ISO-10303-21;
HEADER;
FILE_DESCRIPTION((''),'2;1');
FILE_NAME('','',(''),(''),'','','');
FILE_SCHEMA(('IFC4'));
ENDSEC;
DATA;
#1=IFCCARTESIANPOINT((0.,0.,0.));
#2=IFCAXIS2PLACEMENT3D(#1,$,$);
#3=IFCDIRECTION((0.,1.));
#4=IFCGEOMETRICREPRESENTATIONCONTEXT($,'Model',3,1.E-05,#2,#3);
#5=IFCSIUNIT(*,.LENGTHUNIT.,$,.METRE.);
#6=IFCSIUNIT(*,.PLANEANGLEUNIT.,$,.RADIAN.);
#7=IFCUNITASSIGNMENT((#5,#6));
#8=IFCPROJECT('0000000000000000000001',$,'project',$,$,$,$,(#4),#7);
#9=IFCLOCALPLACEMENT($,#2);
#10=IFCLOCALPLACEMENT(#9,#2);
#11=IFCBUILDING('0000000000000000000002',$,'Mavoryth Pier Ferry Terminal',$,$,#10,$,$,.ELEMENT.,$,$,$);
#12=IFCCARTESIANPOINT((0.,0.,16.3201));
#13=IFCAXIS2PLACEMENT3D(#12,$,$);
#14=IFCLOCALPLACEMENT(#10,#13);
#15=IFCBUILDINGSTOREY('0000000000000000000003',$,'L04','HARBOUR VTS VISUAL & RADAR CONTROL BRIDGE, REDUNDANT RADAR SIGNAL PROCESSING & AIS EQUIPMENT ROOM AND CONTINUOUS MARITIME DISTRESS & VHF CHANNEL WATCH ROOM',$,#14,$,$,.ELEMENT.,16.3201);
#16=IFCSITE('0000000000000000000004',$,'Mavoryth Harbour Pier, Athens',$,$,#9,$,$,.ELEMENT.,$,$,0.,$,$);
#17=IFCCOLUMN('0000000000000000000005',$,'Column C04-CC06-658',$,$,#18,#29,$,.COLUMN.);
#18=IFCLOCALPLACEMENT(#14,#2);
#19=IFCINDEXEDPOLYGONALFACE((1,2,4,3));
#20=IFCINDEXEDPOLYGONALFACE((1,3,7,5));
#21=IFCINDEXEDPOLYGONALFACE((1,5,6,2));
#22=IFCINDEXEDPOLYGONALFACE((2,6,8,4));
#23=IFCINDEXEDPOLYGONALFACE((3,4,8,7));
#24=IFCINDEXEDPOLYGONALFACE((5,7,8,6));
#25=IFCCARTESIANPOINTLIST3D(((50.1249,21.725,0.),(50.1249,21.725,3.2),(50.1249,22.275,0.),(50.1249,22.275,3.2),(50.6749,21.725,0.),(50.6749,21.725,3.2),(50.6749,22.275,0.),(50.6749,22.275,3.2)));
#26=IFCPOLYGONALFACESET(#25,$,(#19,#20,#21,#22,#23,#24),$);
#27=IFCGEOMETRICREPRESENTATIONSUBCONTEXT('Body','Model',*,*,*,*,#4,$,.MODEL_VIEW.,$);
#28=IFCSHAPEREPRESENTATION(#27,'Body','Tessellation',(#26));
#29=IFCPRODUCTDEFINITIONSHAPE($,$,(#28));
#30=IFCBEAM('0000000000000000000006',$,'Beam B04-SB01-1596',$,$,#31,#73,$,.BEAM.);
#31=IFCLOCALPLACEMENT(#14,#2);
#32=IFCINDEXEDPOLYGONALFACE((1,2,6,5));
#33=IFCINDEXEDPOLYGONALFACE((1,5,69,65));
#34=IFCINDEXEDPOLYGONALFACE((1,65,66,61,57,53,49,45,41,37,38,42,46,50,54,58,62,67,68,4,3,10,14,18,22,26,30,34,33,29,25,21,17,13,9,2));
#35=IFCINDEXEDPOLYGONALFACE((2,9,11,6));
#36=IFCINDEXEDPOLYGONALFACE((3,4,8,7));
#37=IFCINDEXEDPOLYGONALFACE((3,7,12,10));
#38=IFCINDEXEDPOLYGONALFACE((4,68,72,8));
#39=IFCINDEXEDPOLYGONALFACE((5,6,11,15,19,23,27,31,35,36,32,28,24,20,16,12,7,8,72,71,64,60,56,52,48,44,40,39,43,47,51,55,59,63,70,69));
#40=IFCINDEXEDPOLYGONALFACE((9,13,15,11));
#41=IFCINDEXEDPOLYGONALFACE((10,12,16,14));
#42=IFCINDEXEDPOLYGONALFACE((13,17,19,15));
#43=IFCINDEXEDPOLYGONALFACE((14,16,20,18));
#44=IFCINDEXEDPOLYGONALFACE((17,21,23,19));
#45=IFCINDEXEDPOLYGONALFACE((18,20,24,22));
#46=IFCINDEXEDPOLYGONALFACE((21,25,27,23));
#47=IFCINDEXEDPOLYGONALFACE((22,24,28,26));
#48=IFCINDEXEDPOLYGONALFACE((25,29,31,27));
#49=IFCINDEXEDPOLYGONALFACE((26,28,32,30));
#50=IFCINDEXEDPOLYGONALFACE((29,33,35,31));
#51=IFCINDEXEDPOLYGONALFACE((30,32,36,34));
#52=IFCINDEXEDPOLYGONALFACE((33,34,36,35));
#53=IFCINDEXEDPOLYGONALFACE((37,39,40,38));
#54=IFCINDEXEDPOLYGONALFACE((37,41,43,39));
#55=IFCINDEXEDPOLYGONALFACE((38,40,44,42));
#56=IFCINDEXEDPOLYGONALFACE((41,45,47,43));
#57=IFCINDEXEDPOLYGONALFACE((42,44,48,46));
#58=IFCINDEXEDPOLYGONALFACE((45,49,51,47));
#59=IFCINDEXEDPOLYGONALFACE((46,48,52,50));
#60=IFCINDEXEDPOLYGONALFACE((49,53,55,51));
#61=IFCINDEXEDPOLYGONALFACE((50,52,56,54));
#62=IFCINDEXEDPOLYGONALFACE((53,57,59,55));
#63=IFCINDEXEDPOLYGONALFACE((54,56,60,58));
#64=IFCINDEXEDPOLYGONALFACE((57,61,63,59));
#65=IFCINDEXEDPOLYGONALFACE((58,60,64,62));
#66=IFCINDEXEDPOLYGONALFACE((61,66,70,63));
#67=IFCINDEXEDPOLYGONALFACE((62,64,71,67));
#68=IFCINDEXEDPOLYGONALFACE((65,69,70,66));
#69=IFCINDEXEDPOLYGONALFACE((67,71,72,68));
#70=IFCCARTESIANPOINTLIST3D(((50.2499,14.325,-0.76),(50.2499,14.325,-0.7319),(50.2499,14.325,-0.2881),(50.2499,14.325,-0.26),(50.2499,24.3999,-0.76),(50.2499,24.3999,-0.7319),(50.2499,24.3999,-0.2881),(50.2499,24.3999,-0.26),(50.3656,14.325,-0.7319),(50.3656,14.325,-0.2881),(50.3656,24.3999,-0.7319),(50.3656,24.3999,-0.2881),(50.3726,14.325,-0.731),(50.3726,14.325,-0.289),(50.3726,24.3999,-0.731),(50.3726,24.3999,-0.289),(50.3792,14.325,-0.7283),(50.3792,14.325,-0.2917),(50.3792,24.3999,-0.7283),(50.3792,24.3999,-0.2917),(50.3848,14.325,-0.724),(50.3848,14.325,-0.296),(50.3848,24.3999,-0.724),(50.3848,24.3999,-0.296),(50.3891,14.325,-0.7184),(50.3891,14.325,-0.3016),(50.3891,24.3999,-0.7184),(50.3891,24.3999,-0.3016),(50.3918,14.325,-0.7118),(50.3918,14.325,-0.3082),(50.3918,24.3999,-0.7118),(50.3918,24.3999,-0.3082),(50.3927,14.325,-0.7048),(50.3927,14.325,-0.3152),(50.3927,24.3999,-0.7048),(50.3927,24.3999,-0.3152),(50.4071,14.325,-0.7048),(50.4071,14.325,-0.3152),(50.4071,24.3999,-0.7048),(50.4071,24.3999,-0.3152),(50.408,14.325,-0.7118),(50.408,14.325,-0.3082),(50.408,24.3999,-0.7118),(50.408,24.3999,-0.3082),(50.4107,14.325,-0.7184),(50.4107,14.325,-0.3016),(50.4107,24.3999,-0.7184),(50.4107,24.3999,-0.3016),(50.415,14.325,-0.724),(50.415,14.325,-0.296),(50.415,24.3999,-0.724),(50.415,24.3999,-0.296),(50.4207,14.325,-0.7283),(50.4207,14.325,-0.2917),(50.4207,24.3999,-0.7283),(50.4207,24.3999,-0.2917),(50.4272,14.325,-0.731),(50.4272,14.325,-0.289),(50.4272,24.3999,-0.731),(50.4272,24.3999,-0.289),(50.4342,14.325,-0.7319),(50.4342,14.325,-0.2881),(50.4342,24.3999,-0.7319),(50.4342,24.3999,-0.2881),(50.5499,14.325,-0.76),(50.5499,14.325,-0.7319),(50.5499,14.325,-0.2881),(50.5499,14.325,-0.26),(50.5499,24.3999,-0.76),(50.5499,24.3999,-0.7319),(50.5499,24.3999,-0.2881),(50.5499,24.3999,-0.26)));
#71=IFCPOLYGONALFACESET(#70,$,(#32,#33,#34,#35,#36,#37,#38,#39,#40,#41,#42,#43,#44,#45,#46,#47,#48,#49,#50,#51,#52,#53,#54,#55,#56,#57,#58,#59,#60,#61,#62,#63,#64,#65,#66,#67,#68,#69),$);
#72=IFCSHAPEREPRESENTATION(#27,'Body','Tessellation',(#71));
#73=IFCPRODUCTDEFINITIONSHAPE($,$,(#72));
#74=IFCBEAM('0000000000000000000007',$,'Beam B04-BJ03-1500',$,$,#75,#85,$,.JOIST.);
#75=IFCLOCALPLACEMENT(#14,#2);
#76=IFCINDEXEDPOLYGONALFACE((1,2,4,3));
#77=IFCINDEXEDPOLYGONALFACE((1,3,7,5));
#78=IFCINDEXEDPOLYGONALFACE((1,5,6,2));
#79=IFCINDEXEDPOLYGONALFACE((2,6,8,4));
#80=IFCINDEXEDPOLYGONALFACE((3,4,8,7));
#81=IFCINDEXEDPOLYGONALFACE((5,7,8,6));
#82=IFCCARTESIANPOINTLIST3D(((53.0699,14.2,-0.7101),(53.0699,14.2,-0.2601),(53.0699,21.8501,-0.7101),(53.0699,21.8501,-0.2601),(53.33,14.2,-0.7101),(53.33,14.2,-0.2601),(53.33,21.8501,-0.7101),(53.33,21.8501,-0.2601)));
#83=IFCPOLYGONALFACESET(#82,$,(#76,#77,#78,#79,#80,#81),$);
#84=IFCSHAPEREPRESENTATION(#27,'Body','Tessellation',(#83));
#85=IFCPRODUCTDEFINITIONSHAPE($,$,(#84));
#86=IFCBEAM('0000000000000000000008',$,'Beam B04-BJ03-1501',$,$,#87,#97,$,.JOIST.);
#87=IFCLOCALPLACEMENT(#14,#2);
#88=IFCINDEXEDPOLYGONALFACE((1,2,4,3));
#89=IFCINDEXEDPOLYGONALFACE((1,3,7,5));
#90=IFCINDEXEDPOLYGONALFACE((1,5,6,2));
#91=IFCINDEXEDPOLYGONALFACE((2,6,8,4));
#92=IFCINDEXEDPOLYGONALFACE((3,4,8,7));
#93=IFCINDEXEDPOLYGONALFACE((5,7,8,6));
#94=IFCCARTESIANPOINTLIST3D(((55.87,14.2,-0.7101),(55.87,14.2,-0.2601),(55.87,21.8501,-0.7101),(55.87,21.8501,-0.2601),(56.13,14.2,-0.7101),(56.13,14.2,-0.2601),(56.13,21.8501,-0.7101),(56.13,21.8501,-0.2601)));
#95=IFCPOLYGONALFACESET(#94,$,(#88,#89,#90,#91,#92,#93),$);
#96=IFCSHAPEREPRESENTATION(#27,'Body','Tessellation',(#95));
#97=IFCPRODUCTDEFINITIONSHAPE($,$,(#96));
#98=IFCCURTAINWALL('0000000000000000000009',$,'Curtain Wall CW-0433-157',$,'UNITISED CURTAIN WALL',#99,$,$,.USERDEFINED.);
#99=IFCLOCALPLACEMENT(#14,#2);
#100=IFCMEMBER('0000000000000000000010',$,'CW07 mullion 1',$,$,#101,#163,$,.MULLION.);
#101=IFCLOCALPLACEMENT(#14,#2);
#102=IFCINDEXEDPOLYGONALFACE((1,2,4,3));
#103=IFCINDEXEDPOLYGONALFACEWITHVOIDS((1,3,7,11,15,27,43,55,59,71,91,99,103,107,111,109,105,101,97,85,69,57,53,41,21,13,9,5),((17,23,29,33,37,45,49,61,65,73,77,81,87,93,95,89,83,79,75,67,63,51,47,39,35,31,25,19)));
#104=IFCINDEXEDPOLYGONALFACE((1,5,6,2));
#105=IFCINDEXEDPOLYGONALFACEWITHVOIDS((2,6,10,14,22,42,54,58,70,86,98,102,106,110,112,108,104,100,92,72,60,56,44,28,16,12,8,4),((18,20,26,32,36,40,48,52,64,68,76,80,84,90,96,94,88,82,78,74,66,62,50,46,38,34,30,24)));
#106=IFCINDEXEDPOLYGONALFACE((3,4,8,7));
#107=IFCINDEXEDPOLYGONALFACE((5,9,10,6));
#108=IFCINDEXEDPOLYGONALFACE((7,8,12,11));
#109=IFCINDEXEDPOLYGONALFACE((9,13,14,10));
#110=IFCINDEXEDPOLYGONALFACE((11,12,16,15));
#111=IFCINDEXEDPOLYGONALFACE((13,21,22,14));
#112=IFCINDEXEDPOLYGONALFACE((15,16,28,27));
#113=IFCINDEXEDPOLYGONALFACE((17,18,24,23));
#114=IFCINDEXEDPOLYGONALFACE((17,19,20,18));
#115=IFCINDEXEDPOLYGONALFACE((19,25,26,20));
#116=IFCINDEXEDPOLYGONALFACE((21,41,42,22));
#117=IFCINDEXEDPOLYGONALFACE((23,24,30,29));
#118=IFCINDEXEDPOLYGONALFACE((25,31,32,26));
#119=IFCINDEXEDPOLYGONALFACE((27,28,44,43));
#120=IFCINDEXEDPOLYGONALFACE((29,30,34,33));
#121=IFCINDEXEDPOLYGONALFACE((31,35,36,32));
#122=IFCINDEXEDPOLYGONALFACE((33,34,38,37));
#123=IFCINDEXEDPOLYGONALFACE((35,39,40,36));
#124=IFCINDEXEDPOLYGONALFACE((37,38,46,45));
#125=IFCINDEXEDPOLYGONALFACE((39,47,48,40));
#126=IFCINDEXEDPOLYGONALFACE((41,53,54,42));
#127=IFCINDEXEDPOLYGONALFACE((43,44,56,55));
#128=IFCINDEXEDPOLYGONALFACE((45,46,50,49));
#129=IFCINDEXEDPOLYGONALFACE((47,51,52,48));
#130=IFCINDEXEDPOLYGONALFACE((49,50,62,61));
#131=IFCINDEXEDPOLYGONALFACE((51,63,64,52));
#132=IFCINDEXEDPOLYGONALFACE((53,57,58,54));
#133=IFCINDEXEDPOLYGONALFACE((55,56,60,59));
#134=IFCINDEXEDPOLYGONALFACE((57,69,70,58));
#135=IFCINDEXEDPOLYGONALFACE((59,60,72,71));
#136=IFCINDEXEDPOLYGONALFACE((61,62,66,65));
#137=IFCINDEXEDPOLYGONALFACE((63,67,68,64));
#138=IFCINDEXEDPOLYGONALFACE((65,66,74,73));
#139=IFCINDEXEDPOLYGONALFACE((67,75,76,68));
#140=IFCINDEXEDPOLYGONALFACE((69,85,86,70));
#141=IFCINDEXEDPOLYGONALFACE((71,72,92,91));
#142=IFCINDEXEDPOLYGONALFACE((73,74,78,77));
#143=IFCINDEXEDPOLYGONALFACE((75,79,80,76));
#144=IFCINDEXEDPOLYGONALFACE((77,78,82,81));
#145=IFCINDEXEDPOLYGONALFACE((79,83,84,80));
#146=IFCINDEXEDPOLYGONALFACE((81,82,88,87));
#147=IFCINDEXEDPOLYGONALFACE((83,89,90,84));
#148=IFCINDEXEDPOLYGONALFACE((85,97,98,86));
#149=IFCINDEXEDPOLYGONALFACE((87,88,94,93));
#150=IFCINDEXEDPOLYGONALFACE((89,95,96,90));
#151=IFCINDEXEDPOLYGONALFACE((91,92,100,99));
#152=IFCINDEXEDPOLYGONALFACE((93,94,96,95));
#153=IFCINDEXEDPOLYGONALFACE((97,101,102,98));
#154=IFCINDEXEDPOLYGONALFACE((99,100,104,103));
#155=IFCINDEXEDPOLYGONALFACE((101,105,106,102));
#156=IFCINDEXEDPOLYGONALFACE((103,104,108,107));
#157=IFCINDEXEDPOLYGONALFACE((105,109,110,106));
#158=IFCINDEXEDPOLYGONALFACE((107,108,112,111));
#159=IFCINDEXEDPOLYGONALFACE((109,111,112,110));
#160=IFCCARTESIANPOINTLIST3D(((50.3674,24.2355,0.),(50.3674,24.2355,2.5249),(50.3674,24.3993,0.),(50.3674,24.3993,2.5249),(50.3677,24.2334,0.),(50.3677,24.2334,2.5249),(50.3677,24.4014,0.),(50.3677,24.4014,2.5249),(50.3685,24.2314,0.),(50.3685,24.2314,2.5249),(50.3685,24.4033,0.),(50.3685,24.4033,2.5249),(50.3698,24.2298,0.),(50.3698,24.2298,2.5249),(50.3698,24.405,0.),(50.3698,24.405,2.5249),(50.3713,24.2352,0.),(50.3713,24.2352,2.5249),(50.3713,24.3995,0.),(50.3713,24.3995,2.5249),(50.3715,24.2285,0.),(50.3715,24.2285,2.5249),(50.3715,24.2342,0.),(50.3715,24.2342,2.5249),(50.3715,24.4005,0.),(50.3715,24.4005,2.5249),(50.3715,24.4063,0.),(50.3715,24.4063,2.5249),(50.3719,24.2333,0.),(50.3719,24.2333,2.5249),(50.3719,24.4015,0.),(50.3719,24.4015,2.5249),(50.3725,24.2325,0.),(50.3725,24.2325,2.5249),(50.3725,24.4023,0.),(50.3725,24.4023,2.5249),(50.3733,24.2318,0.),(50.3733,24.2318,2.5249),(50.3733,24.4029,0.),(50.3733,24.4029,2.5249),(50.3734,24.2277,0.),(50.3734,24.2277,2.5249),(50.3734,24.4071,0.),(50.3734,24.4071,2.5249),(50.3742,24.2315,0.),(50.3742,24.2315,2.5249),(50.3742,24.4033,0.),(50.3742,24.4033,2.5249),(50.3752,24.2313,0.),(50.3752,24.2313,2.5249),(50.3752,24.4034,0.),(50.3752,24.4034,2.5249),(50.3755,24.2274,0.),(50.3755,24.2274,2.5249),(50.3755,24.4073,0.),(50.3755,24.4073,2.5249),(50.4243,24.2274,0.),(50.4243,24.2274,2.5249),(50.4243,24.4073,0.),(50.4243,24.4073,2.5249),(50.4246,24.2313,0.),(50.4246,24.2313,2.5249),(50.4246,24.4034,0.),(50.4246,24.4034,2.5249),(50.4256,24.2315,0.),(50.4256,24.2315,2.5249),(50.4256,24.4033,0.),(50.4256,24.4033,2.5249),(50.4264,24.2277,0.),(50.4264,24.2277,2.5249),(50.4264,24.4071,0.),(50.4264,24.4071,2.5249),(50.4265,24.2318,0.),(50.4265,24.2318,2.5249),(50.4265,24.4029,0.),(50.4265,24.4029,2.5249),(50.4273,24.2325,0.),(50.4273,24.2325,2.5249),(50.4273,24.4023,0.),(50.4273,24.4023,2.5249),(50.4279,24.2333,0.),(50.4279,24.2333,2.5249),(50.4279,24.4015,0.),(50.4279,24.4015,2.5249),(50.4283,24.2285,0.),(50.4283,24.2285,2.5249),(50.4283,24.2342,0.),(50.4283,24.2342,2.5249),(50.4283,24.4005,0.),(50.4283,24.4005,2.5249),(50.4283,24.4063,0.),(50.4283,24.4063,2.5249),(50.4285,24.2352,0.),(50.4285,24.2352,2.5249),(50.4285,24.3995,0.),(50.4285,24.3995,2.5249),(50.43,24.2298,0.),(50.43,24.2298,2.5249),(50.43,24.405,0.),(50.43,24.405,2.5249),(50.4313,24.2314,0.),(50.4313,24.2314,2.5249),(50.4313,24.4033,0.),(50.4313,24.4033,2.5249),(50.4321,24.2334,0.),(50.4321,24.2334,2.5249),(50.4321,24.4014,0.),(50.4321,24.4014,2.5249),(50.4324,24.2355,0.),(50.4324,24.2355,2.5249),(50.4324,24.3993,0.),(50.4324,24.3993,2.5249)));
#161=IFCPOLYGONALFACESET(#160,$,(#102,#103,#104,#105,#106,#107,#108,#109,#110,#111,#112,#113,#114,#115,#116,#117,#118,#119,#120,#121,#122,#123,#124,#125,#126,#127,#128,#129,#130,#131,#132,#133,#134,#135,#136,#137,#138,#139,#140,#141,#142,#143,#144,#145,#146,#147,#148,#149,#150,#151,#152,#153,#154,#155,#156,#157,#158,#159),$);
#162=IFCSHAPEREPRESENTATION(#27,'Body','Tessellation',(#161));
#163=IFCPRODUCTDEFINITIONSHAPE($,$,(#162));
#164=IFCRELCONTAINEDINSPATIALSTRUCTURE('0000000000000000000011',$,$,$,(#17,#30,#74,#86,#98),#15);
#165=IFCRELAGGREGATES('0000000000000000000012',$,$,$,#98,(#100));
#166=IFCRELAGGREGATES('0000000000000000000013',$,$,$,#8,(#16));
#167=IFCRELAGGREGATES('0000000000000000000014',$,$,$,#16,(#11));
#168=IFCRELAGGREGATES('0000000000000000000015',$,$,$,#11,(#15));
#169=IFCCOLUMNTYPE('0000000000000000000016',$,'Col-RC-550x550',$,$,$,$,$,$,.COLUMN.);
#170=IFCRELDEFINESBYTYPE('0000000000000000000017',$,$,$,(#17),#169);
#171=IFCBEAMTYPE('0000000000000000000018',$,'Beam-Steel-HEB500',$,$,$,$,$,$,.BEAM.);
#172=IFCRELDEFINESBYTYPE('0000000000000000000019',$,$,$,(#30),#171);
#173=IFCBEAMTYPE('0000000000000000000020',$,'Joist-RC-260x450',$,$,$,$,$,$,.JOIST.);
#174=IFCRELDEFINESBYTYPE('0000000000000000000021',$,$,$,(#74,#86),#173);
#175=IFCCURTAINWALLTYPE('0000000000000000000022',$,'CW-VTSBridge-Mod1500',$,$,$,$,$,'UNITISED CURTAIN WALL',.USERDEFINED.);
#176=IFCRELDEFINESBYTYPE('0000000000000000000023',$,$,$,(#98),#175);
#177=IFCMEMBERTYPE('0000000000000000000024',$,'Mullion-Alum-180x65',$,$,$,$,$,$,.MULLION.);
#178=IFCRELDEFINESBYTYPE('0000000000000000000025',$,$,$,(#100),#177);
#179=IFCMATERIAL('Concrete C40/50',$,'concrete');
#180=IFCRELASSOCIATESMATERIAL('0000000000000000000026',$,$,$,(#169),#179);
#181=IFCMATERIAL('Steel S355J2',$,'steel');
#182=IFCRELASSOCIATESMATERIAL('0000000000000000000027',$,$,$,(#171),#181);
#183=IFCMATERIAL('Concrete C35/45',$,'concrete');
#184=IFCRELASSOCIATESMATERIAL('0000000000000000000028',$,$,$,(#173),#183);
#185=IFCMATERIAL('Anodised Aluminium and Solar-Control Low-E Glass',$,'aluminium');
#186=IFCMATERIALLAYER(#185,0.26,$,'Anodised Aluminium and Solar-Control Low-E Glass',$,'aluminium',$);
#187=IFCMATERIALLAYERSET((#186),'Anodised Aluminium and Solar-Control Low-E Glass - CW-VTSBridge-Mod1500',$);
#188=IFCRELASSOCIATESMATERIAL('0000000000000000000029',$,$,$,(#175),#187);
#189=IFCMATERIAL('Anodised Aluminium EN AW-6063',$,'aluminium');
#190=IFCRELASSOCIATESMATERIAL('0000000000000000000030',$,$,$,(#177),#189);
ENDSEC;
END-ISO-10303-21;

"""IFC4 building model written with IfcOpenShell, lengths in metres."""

from ifc_helpers import new_model, si_unit, direction, frame, origin, origin_2d, place, context, subcontext, project, spatial, rectangle, hollow_rectangle, i_section, extrude, material, layer, layer_set, material_profile, profile_set, type_object, element, aggregate, save


model = new_model("IFC4")

# Units and contexts
model_context = context("Model", 3, precision=1e-05, world=origin(), true_north=direction((0.0, 1.0)))
body_context = subcontext(model_context, "Body", "Model", "MODEL_VIEW")
ifc_project = project(units=[si_unit("LENGTHUNIT", "METRE"), si_unit("PLANEANGLEUNIT", "RADIAN")], contexts=[model_context])

# Site, building, storey
site_placement = place(None, origin())
site = spatial("IfcSite", under=ifc_project, at=site_placement, Name="Mavoryth Harbour Pier, Athens", CompositionType="ELEMENT", RefElevation=0.0)
building_placement = place(site_placement, origin())
building = spatial("IfcBuilding", under=site, at=building_placement, Name="Mavoryth Pier Ferry Terminal", CompositionType="ELEMENT")
storey_placement = place(building_placement, frame((0.0, 0.0, 16.3201)))
storey = spatial("IfcBuildingStorey", under=building, at=storey_placement, Name="L04", Description="HARBOUR VTS VISUAL & RADAR CONTROL BRIDGE, REDUNDANT RADAR SIGNAL PROCESSING & AIS EQUIPMENT ROOM AND CONTINUOUS MARITIME DISTRESS & VHF CHANNEL WATCH ROOM", CompositionType="ELEMENT", Elevation=16.3201)

# Column
ifc_material_1 = material(Name="Concrete C40/50", Category="concrete")
ifc_material_profile_1 = material_profile(ifc_material_1, rectangle(XDim=0.55, YDim=0.55, at=origin_2d()), Name="RC 550x550", Category="concrete")
ifc_profile_set_1 = profile_set([ifc_material_profile_1], Name="Concrete C40/50 - RC 550x550")
column_type = type_object("IfcColumnType", Name="Col-RC-550x550", PredefinedType="COLUMN", material=ifc_profile_set_1)
column_placement = place(storey_placement, frame((50.3999, 22.0, 0.0), z_axis=(0.0, 0.0, 1.0), x_axis=(1.0, 0.0, 0.0)))
element("IfcColumn", 1, at=column_placement, inside=storey, type_object=column_type, Name="Column C04-CC06-658", PredefinedType="COLUMN", context=body_context, shape_type="SweptSolid", body=[
    extrude(rectangle(XDim=0.55, YDim=0.55, at=origin_2d()), origin(), (0.0, 0.0, 1.0), 3.2),
])

# Beams
ifc_material_2 = material(Name="Steel S355J2", Category="steel")
ifc_material_profile_2 = material_profile(ifc_material_2, i_section(OverallWidth=0.3, OverallDepth=0.5, WebThickness=0.0144, FlangeThickness=0.0281, FilletRadius=0.0271, at=origin_2d()), Name="HEB 500", Category="steel")
ifc_profile_set_2 = profile_set([ifc_material_profile_2], Name="Steel S355J2 - HEB 500")
beam_type_1 = type_object("IfcBeamType", Name="Beam-Steel-HEB500", PredefinedType="BEAM", material=ifc_profile_set_2)
beam_1_placement = place(storey_placement, frame((50.3999, 14.325, -0.51), z_axis=(0.0, 1.0, 0.0), x_axis=(-1.0, 0.0, 0.0)))
element("IfcBeam", 2, at=beam_1_placement, inside=storey, type_object=beam_type_1, Name="Beam B04-SB01-1596", PredefinedType="BEAM", context=body_context, shape_type="SweptSolid", body=[
    extrude(i_section(OverallWidth=0.3, OverallDepth=0.5, WebThickness=0.0144, FlangeThickness=0.0281, FilletRadius=0.0271, at=origin_2d()), origin(), (0.0, 0.0, 1.0), 10.075),
])
ifc_material_3 = material(Name="Concrete C35/45", Category="concrete")
ifc_material_profile_3 = material_profile(ifc_material_3, rectangle(XDim=0.26, YDim=0.45, at=origin_2d()), Name="RC 260x450", Category="concrete")
ifc_profile_set_3 = profile_set([ifc_material_profile_3], Name="Concrete C35/45 - RC 260x450")
beam_type_2 = type_object("IfcBeamType", Name="Joist-RC-260x450", PredefinedType="JOIST", material=ifc_profile_set_3)
for number, where, z_axis, x_axis, name in (
    (3, (53.2, 14.2, -0.4851), (0.0, 1.0, 0.0), (-1.0, 0.0, 0.0), "Beam B04-BJ03-1500"),
    (4, (56.0, 14.2, -0.4851), (0.0, 1.0, 0.0), (-1.0, 0.0, 0.0), "Beam B04-BJ03-1501"),
):
    element("IfcBeam", number, at=place(storey_placement, frame(where, z_axis=z_axis, x_axis=x_axis)), inside=storey, type_object=beam_type_2, Name=name, PredefinedType="JOIST", context=body_context, shape_type="SweptSolid", body=[
        extrude(rectangle(XDim=0.26, YDim=0.45, at=origin_2d()), origin(), (0.0, 0.0, 1.0), 7.6501),
    ])

# Curtain wall, member
ifc_material_4 = material(Name="Anodised Aluminium and Solar-Control Low-E Glass", Category="aluminium")
ifc_layer_1 = layer(ifc_material_4, 0.26, Name="Anodised Aluminium and Solar-Control Low-E Glass", Category="aluminium")
ifc_layer_set_1 = layer_set([ifc_layer_1], Name="Anodised Aluminium and Solar-Control Low-E Glass - CW-VTSBridge-Mod1500")
curtain_wall_type = type_object("IfcCurtainWallType", Name="CW-VTSBridge-Mod1500", ElementType="UNITISED CURTAIN WALL", PredefinedType="USERDEFINED", material=ifc_layer_set_1)
curtain_wall_1_placement = place(storey_placement, origin())
curtain_wall_1 = element("IfcCurtainWall", 5, at=curtain_wall_1_placement, inside=storey, type_object=curtain_wall_type, Name="Curtain Wall CW-0433-157", ObjectType="UNITISED CURTAIN WALL", PredefinedType="USERDEFINED")
ifc_material_5 = material(Name="Anodised Aluminium EN AW-6063", Category="aluminium")
ifc_material_profile_4 = material_profile(ifc_material_5, hollow_rectangle(XDim=0.0649, YDim=0.1799, WallThickness=0.0039, InnerFilletRadius=0.0039, OuterFilletRadius=0.0081, at=origin_2d()), Name="AL-MULL 180x65x4", Category="aluminium")
ifc_profile_set_4 = profile_set([ifc_material_profile_4], Name="Anodised Aluminium EN AW-6063 - AL-MULL 180x65x4")
member_type_1 = type_object("IfcMemberType", Name="Mullion-Alum-180x65", PredefinedType="MULLION", material=ifc_profile_set_4)
member_1_placement = place(storey_placement, frame((50.3999, 24.3174, 0.0), z_axis=(0.0, 0.0, 1.0), x_axis=(1.0, 0.0, 0.0)))
member_1 = element("IfcMember", 6, at=member_1_placement, type_object=member_type_1, Name="CW07 mullion 1", PredefinedType="MULLION", context=body_context, shape_type="SweptSolid", body=[
    extrude(hollow_rectangle(XDim=0.0649, YDim=0.1799, WallThickness=0.0039, InnerFilletRadius=0.0039, OuterFilletRadius=0.0081, at=origin_2d()), origin(), (0.0, 0.0, 1.0), 2.5249),
])

aggregate(curtain_wall_1, [member_1])

save(model, "model.ifc")
